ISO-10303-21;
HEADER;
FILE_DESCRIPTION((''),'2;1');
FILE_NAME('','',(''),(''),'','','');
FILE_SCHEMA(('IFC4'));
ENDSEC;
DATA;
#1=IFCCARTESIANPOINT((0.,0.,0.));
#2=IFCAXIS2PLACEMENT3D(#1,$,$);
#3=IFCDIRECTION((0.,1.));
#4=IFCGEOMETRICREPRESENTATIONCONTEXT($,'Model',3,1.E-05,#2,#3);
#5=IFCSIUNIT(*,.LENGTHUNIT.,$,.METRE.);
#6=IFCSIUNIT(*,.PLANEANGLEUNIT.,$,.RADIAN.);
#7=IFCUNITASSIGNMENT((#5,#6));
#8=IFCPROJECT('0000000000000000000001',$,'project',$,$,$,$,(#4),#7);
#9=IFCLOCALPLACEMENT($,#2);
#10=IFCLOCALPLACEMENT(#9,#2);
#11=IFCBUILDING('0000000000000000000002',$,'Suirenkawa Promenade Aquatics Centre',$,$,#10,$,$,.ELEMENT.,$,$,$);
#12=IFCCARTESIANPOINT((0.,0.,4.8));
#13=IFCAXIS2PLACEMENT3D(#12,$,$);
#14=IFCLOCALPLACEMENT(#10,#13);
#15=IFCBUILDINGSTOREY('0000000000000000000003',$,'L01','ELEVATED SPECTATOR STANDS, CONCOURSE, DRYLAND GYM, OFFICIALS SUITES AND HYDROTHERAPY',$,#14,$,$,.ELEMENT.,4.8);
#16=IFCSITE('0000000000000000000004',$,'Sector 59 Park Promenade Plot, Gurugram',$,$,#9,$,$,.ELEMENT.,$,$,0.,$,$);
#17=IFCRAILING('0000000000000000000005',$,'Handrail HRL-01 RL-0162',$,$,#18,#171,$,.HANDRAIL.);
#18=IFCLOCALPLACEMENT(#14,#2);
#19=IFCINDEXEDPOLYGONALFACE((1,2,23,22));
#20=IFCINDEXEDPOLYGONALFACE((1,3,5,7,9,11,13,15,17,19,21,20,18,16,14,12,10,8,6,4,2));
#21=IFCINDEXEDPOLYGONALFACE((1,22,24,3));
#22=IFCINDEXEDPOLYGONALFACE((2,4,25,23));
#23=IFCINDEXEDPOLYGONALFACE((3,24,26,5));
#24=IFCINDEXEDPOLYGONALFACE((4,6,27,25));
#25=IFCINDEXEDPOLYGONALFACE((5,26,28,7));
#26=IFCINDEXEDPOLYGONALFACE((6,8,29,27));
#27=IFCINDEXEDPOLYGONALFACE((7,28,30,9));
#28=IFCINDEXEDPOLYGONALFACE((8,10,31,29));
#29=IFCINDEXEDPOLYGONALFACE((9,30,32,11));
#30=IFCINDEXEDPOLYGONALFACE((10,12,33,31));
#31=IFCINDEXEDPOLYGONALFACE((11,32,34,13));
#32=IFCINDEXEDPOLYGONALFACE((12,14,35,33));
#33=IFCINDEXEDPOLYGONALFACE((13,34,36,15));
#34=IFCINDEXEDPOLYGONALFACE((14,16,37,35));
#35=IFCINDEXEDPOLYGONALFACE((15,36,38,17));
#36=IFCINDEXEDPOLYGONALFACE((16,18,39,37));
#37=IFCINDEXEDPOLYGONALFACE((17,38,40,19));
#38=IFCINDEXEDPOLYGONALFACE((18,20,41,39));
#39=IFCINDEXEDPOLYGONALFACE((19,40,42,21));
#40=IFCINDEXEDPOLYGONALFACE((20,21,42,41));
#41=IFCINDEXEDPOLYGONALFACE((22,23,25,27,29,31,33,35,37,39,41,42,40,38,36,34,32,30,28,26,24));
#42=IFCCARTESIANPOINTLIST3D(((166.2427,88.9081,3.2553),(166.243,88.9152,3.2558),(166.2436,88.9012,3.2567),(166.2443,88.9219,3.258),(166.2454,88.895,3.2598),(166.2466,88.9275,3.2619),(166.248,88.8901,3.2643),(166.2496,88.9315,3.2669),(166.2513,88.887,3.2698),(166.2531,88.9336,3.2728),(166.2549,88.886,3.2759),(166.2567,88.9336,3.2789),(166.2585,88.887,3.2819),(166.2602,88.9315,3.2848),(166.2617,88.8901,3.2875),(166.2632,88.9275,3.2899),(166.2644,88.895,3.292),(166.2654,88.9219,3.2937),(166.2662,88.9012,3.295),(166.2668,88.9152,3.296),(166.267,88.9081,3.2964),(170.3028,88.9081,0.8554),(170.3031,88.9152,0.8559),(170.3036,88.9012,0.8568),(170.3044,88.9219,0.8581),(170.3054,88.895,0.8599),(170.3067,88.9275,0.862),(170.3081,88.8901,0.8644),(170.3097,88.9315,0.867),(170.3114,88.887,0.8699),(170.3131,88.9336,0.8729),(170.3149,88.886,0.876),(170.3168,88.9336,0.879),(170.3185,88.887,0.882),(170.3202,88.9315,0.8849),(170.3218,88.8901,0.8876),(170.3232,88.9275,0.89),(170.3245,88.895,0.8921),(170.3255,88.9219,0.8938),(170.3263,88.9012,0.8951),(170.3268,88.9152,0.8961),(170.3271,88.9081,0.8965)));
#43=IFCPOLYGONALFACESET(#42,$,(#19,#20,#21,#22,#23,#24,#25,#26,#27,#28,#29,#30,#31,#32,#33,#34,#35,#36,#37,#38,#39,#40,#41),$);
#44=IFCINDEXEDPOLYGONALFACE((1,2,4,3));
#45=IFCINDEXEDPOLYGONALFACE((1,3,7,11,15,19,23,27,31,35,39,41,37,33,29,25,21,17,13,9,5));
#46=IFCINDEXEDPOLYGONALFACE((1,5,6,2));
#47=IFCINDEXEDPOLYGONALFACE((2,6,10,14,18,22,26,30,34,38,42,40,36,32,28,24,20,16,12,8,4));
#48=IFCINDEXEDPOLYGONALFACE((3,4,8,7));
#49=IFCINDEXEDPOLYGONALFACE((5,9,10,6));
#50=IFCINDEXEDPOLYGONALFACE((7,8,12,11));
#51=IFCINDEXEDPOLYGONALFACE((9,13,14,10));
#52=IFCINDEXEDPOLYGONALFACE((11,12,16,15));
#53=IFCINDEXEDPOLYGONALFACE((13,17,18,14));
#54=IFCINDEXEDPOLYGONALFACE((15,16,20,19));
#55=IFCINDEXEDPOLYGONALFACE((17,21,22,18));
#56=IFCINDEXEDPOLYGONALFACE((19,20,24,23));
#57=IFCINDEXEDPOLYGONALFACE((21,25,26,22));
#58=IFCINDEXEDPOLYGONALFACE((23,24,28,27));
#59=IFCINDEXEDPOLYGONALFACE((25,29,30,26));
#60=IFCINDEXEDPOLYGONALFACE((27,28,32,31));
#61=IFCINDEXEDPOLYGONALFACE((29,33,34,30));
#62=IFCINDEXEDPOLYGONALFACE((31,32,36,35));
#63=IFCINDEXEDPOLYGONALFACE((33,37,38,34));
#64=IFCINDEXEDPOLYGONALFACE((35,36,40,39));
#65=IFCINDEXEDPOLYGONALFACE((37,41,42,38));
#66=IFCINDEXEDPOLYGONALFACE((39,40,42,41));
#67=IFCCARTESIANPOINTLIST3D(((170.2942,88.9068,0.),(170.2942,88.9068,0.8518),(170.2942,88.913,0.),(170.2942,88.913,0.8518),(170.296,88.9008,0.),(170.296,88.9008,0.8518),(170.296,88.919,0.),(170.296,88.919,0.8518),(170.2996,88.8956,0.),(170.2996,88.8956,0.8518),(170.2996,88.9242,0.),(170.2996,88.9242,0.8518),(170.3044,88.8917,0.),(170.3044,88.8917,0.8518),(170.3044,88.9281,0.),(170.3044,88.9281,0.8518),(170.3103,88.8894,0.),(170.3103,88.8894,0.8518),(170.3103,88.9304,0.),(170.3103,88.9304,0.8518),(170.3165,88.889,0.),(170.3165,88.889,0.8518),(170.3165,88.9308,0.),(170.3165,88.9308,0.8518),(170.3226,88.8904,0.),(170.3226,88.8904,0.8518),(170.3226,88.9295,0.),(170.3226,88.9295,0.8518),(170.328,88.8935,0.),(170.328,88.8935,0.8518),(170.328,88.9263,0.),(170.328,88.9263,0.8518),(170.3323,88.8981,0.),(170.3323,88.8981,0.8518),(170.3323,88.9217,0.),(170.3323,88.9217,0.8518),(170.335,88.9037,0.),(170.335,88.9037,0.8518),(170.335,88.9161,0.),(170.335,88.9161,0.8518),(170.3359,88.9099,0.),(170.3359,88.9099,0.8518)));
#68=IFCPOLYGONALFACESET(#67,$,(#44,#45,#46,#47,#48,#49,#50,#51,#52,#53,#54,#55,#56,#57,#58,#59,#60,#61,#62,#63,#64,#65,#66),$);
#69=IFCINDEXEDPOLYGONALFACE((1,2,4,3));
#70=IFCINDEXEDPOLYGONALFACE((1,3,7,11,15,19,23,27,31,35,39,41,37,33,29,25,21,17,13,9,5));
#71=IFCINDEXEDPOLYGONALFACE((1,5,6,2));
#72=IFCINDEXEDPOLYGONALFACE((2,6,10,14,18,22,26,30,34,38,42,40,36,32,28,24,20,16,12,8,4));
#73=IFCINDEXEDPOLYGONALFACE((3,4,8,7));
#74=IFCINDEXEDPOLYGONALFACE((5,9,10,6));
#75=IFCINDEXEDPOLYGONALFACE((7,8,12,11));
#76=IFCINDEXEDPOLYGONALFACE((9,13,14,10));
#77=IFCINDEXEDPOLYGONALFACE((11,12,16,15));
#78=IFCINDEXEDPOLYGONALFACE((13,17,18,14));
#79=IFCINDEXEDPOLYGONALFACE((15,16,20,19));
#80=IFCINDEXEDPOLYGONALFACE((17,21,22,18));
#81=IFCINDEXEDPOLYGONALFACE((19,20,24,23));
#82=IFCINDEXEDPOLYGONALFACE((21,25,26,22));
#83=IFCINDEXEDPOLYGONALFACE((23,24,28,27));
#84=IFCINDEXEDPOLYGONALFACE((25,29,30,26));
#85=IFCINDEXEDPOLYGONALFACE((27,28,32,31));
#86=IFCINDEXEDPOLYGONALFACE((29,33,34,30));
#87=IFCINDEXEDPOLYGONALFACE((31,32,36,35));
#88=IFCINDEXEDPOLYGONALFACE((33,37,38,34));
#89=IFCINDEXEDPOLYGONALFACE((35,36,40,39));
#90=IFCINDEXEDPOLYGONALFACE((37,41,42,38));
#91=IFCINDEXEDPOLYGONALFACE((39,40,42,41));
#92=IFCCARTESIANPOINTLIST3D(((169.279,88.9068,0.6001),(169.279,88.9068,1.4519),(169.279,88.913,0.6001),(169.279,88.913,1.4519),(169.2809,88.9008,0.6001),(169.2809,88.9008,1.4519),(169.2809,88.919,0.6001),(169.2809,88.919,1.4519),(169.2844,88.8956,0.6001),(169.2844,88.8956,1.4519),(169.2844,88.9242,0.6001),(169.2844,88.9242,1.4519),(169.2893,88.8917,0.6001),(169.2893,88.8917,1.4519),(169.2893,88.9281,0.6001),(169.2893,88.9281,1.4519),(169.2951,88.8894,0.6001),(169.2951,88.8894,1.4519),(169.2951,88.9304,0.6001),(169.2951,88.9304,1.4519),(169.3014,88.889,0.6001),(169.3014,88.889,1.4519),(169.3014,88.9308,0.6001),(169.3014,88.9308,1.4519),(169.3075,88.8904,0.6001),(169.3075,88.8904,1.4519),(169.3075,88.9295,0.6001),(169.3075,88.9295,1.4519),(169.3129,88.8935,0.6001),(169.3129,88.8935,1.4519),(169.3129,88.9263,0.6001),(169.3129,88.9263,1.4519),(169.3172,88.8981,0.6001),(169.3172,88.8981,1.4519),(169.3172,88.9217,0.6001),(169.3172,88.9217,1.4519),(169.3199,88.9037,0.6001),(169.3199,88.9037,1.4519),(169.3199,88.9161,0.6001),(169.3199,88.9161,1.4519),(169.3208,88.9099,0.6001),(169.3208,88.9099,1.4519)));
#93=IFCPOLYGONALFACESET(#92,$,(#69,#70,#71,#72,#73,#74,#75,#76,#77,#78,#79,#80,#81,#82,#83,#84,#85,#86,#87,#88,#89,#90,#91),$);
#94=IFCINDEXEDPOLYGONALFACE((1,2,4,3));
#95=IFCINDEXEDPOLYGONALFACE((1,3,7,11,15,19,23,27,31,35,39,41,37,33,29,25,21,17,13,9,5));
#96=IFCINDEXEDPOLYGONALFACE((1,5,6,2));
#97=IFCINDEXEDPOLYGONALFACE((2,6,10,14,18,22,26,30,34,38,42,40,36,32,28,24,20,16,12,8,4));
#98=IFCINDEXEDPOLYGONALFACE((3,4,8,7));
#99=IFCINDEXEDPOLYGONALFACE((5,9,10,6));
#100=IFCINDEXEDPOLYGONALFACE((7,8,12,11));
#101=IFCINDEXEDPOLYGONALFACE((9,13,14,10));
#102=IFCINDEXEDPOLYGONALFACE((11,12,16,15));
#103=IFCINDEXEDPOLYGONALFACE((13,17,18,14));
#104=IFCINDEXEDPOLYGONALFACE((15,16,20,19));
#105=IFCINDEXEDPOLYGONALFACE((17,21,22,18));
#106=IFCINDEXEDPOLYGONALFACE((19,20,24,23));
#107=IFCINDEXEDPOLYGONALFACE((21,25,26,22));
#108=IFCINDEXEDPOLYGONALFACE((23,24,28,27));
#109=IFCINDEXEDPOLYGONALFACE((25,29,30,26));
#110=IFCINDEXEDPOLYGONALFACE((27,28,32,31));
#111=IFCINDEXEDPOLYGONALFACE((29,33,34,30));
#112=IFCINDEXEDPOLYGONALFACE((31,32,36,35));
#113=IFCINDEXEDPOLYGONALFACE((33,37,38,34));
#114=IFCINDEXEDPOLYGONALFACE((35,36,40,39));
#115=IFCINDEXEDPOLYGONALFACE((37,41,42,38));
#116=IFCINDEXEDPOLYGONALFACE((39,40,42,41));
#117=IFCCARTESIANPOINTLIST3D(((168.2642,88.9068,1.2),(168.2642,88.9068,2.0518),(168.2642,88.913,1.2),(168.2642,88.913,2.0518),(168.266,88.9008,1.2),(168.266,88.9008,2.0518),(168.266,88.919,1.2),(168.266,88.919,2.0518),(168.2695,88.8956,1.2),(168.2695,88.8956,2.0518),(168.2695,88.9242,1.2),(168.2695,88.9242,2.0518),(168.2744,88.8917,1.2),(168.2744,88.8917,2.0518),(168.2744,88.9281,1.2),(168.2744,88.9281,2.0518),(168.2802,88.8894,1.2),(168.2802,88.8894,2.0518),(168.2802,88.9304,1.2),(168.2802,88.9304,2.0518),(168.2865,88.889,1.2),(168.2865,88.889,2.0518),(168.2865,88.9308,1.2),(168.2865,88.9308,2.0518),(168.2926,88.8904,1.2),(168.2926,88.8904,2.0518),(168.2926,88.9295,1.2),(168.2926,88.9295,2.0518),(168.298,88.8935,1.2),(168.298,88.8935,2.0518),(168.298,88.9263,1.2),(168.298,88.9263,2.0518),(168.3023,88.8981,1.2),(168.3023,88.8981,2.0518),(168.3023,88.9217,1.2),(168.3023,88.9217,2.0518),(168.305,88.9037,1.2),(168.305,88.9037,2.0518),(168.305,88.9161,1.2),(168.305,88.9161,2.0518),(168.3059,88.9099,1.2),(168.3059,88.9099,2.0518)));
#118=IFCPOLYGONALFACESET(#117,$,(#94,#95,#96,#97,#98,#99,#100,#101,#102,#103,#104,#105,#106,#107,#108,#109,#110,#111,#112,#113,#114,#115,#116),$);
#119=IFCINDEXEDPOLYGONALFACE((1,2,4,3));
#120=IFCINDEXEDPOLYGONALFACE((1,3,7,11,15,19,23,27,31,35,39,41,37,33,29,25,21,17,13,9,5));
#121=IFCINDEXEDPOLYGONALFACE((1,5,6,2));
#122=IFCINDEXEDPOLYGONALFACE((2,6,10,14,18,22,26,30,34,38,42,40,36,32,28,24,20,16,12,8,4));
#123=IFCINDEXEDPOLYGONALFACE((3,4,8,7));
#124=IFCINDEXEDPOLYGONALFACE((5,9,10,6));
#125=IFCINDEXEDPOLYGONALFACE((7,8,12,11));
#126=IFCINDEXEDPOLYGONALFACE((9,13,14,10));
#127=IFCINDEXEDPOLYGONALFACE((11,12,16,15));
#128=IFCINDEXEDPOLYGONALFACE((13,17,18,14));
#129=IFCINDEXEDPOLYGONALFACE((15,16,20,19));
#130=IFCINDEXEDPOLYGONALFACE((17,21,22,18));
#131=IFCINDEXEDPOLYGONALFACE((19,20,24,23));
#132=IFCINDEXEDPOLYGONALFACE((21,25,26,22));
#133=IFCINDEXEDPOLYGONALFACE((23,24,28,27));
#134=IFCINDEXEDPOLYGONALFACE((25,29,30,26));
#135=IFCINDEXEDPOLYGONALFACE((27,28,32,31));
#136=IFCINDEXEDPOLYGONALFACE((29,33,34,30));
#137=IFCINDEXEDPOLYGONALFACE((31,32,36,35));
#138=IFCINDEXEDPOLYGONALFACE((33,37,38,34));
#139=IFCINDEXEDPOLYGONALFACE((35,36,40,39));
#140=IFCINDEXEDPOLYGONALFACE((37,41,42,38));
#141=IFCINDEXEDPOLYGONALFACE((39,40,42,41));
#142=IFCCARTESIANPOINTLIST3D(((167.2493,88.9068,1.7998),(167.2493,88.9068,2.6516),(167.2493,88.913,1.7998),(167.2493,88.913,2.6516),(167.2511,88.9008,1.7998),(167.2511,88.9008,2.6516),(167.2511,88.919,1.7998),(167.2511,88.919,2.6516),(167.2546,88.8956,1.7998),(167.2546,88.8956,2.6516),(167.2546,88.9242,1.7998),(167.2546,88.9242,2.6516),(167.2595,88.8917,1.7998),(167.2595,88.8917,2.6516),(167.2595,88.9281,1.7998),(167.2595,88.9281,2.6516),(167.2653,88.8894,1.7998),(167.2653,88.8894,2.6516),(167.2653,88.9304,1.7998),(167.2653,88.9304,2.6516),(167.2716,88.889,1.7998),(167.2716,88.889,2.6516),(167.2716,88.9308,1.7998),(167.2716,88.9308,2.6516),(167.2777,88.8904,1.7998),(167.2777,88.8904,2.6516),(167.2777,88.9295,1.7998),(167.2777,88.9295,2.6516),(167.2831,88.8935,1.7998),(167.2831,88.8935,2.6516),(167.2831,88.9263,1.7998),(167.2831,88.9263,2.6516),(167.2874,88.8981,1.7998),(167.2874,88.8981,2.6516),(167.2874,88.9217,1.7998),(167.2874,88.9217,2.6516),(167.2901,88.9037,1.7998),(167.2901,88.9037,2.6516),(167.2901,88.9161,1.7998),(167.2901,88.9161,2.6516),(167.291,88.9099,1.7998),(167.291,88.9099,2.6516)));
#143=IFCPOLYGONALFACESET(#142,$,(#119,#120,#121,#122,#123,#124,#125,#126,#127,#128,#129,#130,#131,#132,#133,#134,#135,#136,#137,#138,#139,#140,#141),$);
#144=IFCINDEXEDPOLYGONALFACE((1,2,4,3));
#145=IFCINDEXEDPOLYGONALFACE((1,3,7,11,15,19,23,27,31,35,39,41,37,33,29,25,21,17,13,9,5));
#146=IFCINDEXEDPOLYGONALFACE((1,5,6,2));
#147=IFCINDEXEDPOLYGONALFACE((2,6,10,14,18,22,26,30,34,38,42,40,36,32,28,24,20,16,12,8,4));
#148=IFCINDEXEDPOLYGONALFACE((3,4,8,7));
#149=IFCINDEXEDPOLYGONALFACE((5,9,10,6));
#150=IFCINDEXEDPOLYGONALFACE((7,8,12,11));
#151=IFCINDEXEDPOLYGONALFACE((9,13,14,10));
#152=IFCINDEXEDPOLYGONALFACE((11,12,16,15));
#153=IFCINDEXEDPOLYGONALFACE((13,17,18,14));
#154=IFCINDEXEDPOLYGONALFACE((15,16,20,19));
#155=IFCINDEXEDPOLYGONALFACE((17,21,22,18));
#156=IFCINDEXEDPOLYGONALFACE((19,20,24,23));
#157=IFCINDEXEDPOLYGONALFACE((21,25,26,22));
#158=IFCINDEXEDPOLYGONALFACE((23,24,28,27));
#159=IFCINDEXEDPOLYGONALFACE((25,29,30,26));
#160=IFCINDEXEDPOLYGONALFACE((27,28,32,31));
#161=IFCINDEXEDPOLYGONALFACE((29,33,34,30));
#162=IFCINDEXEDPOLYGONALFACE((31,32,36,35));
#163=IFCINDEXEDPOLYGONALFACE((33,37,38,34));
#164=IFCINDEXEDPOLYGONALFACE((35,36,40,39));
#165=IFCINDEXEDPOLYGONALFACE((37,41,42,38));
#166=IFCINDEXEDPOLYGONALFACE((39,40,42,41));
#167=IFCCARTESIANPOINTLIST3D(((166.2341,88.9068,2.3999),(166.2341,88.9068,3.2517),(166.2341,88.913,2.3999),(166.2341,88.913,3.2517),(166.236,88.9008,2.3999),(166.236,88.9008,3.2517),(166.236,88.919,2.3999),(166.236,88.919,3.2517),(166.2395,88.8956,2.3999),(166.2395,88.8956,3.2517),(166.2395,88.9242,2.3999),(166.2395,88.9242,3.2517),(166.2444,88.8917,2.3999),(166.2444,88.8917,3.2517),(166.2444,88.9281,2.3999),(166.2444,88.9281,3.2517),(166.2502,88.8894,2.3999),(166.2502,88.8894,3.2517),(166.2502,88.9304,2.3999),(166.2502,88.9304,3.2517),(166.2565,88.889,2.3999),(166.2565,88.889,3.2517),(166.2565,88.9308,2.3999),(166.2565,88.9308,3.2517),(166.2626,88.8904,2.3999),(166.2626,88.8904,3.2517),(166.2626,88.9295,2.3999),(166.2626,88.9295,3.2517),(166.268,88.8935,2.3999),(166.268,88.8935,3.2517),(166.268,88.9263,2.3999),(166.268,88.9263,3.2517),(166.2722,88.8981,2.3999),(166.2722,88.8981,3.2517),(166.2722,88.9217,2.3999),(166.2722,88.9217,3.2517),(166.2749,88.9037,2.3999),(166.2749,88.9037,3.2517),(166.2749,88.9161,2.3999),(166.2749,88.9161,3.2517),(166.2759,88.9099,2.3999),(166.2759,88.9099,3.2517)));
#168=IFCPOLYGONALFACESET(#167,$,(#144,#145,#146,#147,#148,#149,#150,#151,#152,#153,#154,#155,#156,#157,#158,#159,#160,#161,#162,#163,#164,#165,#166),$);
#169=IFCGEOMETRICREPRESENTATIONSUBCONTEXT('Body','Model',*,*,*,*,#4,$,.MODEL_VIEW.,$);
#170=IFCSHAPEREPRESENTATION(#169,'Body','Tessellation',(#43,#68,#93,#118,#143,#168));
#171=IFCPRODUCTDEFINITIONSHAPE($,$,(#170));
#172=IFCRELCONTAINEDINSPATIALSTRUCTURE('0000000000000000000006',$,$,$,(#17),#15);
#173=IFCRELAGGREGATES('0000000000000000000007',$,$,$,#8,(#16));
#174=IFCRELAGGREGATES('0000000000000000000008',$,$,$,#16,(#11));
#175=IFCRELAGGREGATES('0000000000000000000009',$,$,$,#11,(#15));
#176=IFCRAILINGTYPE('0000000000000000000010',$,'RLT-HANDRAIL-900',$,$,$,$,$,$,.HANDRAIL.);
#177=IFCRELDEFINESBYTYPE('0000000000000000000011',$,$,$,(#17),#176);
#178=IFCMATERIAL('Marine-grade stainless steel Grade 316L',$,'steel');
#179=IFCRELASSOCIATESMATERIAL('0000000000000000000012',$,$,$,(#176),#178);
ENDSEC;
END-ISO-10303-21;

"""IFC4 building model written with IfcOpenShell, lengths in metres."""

from ifc_helpers import new_model, si_unit, direction, frame, origin, origin_2d, place, context, subcontext, project, spatial, circle, extrude, material, type_object, element, save


model = new_model("IFC4")

# Units and contexts
model_context = context("Model", 3, precision=1e-05, world=origin(), true_north=direction((0.0, 1.0)))
body_context = subcontext(model_context, "Body", "Model", "MODEL_VIEW")
ifc_project = project(units=[si_unit("LENGTHUNIT", "METRE"), si_unit("PLANEANGLEUNIT", "RADIAN")], contexts=[model_context])

# Site, building, storey
site_placement = place(None, origin())
site = spatial("IfcSite", under=ifc_project, at=site_placement, Name="Sector 59 Park Promenade Plot, Gurugram", CompositionType="ELEMENT", RefElevation=0.0)
building_placement = place(site_placement, origin())
building = spatial("IfcBuilding", under=site, at=building_placement, Name="Suirenkawa Promenade Aquatics Centre", CompositionType="ELEMENT")
storey_placement = place(building_placement, frame((0.0, 0.0, 4.8)))
storey = spatial("IfcBuildingStorey", under=building, at=storey_placement, Name="L01", Description="ELEVATED SPECTATOR STANDS, CONCOURSE, DRYLAND GYM, OFFICIALS SUITES AND HYDROTHERAPY", CompositionType="ELEMENT", Elevation=4.8)

# Shared definitions
ifc_material_1 = material(Name="Marine-grade stainless steel Grade 316L", Category="steel")

# Railing
railing_type_1 = type_object("IfcRailingType", Name="RLT-HANDRAIL-900", PredefinedType="HANDRAIL", material=ifc_material_1)
for number, where, name in (
    (1, (170.3149, 88.9099, 0.0), "Handrail HRL-01 RL-0162"),
):
    element("IfcRailing", number, at=place(storey_placement, frame(where)), inside=storey, type_object=railing_type_1, Name=name, PredefinedType="HANDRAIL", context=body_context, shape_type="SweptSolid", body=[
        extrude(circle(Radius=0.0239, at=origin_2d()), frame((0.0, 0.0, 0.876), z_axis=(-0.860854, 0.0, 0.508851), x_axis=(0.0, -1.0, 0.0)), (0.0, 0.0, 1.0), 4.7163),
        extrude(circle(Radius=0.021, at=origin_2d()), origin(), (0.0, 0.0, 1.0), 0.8518),
        extrude(circle(Radius=0.021, at=origin_2d()), frame((-1.0151, 0.0, 0.6001)), (0.0, 0.0, 1.0), 0.8518),
        extrude(circle(Radius=0.021, at=origin_2d()), frame((-2.03, 0.0, 1.2)), (0.0, 0.0, 1.0), 0.8518),
        extrude(circle(Radius=0.021, at=origin_2d()), frame((-3.0449, 0.0, 1.7998)), (0.0, 0.0, 1.0), 0.8518),
        extrude(circle(Radius=0.021, at=origin_2d()), frame((-4.0601, 0.0, 2.3999)), (0.0, 0.0, 1.0), 0.8518),
    ])

save(model, "model.ifc")
